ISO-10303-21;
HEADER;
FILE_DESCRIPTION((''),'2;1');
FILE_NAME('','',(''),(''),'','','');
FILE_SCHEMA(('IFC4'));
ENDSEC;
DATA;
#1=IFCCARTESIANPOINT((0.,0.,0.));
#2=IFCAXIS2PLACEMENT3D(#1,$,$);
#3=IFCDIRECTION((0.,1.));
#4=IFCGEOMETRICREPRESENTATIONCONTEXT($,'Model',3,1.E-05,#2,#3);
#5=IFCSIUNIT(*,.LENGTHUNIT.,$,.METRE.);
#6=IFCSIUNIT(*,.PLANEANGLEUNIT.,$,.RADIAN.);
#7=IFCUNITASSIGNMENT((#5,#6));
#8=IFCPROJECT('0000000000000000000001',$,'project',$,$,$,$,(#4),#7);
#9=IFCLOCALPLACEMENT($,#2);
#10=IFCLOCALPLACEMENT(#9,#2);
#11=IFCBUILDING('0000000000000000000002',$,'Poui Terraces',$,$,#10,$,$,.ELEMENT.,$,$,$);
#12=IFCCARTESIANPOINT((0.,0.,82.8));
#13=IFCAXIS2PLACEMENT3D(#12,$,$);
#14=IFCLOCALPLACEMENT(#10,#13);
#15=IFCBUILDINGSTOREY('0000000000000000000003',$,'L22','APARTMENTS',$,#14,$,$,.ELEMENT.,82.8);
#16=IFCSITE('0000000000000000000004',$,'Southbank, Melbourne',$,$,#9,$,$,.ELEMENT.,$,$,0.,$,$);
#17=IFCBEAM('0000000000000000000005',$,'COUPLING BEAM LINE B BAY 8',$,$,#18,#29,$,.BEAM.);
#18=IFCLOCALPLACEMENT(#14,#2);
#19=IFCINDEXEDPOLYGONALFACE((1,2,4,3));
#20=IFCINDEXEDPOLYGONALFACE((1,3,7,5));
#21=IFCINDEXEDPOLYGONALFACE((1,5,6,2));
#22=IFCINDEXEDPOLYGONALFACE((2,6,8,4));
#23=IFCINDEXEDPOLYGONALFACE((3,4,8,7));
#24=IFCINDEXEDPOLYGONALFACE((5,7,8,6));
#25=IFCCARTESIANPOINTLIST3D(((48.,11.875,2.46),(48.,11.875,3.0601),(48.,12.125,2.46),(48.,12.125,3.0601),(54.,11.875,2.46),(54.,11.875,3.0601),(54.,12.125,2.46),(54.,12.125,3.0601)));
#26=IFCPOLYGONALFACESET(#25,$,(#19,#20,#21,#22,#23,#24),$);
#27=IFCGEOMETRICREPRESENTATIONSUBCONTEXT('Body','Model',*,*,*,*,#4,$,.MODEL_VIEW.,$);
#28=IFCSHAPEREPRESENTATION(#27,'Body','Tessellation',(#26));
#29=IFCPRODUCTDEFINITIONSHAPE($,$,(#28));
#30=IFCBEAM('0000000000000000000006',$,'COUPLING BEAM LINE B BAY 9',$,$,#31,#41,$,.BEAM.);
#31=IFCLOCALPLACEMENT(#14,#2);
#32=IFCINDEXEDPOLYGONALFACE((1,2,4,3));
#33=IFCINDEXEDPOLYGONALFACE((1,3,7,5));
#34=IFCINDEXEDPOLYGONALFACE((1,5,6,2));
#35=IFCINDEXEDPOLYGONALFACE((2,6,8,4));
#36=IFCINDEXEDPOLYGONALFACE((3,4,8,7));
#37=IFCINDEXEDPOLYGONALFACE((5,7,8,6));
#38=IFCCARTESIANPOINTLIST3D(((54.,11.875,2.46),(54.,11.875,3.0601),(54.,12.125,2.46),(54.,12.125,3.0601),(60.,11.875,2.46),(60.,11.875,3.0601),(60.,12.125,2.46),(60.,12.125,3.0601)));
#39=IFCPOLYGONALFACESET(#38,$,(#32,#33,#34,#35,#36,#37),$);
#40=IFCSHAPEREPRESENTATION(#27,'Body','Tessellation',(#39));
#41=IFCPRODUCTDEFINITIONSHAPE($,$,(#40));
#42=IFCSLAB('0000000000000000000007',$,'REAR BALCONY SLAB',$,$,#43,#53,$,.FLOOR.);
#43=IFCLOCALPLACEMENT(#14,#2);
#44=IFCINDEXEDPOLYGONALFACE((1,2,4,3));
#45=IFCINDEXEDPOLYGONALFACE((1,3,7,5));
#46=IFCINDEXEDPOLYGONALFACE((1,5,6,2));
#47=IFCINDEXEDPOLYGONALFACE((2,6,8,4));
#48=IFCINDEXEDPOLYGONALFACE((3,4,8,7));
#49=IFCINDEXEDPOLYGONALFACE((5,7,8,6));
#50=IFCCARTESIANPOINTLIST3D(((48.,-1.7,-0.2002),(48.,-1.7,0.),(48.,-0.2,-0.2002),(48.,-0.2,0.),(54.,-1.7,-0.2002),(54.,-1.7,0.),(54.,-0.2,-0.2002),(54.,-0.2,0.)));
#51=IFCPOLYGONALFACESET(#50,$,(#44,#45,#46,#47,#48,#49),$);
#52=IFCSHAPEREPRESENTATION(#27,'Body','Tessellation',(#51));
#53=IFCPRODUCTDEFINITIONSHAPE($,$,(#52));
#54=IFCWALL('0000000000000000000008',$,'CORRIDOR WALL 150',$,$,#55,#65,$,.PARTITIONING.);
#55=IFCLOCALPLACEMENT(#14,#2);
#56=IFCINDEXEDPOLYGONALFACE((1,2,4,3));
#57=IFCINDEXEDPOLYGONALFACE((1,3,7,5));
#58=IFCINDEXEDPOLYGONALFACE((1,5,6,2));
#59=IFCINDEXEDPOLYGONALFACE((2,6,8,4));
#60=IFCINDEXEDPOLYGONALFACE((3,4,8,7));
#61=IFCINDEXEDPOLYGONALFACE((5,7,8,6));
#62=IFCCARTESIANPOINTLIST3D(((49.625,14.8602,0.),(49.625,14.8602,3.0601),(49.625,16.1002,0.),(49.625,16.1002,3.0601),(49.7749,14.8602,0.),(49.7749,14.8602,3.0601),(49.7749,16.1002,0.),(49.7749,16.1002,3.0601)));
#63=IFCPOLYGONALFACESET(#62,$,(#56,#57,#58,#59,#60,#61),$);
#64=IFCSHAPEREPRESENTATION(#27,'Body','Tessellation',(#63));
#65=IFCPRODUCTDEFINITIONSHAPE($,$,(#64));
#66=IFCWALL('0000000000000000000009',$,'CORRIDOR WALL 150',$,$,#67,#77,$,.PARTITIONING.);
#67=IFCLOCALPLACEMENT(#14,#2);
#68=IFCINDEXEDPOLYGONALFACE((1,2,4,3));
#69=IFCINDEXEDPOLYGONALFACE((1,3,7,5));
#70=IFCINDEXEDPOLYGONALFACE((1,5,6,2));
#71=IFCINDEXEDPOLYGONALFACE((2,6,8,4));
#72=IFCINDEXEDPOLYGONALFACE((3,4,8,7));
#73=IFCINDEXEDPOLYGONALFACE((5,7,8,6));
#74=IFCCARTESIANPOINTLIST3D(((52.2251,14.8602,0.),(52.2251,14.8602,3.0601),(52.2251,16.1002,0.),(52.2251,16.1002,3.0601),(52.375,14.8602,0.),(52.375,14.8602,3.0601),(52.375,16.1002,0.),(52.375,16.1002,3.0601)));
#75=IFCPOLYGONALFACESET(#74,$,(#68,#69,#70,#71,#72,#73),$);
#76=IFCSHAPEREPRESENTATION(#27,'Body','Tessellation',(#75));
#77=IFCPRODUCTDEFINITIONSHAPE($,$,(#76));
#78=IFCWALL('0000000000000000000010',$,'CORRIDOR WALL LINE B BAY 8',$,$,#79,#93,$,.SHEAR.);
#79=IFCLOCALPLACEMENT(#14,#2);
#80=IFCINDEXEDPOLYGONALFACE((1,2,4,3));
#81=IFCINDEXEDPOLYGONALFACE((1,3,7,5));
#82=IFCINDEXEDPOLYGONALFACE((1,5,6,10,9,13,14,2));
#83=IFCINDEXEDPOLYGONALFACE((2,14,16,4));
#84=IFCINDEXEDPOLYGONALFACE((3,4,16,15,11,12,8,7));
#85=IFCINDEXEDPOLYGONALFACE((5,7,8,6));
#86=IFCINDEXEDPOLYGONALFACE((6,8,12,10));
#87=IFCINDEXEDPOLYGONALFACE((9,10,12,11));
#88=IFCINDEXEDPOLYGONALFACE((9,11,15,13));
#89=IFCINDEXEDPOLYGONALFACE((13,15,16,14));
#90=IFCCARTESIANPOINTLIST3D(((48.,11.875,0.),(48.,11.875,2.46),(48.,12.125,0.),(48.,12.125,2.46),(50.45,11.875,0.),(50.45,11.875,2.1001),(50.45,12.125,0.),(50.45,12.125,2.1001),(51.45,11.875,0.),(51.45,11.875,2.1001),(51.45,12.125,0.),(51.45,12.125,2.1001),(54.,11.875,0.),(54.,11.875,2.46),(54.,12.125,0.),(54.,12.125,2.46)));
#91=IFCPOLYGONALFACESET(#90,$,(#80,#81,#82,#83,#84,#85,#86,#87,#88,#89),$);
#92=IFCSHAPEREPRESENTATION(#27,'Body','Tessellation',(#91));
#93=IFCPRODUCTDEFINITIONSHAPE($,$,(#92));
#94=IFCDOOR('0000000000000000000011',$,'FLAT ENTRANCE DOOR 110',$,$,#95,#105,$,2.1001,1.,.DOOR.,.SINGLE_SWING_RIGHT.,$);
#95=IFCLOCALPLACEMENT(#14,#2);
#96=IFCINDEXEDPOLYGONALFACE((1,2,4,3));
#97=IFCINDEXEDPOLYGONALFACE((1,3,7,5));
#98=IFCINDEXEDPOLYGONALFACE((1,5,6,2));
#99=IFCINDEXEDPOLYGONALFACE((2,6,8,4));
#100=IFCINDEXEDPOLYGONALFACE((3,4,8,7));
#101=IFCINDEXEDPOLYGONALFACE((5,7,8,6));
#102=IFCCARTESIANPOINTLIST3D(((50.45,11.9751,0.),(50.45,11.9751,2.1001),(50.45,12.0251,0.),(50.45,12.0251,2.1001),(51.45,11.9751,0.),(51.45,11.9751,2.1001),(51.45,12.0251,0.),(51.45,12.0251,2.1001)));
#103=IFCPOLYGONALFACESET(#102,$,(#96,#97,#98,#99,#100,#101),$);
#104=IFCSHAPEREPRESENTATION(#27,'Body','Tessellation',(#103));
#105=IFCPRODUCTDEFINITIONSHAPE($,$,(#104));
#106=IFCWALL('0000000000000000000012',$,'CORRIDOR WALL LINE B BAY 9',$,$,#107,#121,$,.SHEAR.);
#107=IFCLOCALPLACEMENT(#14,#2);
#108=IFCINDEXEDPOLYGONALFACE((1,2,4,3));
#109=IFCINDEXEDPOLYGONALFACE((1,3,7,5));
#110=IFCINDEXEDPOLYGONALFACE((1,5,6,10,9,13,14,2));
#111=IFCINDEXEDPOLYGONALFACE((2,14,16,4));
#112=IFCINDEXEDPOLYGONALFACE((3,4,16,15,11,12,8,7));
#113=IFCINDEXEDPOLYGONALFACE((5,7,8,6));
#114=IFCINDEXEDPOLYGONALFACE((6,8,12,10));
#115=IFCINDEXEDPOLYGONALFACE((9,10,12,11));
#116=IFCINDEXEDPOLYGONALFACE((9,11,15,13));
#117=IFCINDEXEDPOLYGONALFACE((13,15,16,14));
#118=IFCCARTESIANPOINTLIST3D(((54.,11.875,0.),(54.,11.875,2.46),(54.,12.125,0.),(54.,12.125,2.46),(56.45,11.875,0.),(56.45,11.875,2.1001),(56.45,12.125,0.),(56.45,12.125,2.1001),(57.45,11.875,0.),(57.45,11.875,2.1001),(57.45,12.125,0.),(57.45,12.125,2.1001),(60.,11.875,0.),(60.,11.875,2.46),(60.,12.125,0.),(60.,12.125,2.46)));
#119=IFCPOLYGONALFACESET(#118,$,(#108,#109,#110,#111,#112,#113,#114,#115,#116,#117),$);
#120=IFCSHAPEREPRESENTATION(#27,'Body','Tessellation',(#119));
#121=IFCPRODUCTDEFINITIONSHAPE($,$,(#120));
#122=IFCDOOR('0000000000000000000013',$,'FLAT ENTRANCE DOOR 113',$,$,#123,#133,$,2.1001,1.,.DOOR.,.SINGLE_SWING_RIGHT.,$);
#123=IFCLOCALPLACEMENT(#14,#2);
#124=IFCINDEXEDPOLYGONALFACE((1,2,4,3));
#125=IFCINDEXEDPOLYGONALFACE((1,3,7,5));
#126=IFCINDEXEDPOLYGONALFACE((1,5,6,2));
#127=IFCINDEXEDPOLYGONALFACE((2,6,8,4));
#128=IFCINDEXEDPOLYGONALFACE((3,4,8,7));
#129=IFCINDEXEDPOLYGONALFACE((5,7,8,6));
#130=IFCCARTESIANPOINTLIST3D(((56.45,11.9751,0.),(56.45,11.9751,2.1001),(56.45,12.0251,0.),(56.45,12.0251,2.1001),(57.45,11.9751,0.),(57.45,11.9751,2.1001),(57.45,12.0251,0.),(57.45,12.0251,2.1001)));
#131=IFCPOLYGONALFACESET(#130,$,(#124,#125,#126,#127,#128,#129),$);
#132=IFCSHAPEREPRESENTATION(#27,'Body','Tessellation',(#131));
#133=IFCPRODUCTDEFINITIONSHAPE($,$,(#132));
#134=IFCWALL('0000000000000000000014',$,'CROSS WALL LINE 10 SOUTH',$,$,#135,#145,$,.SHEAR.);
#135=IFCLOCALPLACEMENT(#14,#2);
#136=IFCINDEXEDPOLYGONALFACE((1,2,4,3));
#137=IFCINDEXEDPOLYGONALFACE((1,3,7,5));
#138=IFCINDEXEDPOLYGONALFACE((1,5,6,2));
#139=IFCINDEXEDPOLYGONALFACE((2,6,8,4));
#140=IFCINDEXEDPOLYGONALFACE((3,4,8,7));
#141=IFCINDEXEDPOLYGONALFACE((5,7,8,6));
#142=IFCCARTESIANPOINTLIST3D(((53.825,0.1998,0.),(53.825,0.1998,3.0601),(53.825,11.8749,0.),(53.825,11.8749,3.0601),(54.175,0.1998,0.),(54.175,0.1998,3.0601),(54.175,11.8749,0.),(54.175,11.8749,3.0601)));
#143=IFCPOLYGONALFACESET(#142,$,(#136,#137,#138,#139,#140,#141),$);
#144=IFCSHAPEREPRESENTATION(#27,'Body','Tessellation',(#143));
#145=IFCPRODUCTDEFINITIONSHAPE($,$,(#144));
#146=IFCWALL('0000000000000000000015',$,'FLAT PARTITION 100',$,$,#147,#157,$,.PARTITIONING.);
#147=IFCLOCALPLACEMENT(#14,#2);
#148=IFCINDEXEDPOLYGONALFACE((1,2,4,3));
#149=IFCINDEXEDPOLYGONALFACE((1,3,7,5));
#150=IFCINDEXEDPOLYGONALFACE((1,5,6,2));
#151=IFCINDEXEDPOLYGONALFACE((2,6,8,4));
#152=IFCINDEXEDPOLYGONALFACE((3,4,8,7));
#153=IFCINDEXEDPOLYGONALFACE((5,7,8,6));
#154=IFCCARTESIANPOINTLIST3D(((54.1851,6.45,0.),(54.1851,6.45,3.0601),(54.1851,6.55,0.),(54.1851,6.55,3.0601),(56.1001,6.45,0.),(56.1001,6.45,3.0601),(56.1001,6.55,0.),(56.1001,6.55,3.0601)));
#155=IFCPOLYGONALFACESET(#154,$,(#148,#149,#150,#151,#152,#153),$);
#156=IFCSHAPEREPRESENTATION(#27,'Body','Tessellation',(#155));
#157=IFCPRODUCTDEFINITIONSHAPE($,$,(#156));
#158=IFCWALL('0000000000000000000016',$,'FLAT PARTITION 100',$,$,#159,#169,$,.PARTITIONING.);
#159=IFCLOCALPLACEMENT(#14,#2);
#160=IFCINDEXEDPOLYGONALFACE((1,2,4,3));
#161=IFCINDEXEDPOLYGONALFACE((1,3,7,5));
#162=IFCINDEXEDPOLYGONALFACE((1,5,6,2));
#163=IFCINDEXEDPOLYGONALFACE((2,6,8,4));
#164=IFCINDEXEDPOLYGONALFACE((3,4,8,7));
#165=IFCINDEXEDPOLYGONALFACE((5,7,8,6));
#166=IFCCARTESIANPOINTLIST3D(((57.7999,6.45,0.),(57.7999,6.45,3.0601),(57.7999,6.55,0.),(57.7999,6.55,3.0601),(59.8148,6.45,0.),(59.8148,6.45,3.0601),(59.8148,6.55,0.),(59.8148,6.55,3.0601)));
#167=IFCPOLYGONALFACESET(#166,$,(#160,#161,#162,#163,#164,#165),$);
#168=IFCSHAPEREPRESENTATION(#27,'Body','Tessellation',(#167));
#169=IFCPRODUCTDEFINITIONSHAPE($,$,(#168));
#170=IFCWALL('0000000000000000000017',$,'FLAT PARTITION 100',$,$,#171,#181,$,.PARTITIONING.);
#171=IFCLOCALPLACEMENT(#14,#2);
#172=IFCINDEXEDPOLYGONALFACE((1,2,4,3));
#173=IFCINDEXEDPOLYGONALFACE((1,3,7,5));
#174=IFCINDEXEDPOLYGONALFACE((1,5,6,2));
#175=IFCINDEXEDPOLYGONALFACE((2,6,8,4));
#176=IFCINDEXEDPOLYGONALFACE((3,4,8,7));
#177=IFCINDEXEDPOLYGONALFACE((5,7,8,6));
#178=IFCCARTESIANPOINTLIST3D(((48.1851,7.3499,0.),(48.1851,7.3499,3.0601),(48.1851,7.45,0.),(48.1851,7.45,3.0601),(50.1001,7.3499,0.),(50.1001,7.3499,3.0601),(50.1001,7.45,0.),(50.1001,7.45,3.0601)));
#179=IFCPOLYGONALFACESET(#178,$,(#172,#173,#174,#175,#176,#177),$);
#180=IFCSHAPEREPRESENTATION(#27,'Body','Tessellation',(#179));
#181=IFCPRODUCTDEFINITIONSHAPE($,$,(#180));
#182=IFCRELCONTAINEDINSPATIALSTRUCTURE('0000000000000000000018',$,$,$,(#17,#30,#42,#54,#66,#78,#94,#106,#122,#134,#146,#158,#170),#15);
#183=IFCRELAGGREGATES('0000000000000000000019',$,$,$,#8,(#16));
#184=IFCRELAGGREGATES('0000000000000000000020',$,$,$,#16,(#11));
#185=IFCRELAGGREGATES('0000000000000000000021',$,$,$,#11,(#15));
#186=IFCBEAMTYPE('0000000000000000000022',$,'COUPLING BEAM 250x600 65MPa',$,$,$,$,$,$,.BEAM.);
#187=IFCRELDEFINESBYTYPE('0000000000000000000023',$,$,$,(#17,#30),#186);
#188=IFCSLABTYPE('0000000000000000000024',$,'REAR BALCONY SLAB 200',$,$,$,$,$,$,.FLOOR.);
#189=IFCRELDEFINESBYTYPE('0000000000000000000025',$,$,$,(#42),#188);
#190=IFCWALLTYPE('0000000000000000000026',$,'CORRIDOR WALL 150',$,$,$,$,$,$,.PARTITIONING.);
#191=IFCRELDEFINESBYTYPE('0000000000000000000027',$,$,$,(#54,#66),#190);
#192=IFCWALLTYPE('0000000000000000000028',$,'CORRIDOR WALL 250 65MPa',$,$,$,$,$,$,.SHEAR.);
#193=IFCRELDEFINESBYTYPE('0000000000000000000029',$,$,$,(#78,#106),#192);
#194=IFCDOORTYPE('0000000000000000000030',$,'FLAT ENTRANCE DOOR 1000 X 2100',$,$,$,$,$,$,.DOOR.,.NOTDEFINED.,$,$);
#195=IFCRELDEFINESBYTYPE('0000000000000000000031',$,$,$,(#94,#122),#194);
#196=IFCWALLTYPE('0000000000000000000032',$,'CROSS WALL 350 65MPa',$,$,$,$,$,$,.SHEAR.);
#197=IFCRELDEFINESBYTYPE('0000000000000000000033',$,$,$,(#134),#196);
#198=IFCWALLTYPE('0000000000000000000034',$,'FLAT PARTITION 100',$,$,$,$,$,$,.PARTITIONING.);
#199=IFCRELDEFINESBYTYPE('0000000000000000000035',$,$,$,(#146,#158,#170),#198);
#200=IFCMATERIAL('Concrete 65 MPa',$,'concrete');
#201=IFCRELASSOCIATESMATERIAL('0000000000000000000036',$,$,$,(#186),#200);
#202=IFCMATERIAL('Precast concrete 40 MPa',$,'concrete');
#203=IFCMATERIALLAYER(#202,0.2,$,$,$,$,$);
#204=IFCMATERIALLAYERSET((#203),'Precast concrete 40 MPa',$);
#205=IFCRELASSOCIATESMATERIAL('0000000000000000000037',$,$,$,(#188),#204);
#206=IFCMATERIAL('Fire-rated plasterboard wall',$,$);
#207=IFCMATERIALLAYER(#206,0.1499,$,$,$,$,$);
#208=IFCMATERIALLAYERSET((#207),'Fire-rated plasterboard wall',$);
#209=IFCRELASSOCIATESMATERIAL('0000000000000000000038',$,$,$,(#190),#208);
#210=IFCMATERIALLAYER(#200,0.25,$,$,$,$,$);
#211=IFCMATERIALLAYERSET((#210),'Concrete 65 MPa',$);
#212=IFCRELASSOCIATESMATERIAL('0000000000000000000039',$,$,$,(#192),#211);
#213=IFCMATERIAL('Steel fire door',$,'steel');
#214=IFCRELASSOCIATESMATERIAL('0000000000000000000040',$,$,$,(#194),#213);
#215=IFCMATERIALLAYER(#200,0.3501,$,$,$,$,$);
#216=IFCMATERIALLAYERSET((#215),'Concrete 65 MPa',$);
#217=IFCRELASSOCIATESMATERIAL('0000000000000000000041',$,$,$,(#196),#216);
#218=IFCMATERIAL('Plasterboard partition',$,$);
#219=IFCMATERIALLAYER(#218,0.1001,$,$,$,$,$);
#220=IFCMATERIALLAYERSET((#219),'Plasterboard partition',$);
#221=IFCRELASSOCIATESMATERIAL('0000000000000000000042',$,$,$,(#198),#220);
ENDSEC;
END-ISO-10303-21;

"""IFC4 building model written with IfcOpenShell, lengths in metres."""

from ifc_helpers import new_model, si_unit, direction, frame, frame_2d, origin, origin_2d, place, context, subcontext, project, spatial, polyline, rectangle, outline, extrude, source, transform, mapped, material, layer, layer_set, material_profile, profile_set, type_object, element, fill, save


model = new_model("IFC4")

# Units and contexts
model_context = context("Model", 3, precision=1e-05, world=origin(), true_north=direction((0.0, 1.0)))
body_context = subcontext(model_context, "Body", "Model", "MODEL_VIEW")
ifc_project = project(units=[si_unit("LENGTHUNIT", "METRE"), si_unit("PLANEANGLEUNIT", "RADIAN")], contexts=[model_context])

# Site, building, storey
site_placement = place(None, origin())
site = spatial("IfcSite", under=ifc_project, at=site_placement, Name="Southbank, Melbourne", CompositionType="ELEMENT", RefElevation=0.0)
building_placement = place(site_placement, origin())
building = spatial("IfcBuilding", under=site, at=building_placement, Name="Poui Terraces", CompositionType="ELEMENT")
storey_placement = place(building_placement, frame((0.0, 0.0, 82.8)))
storey = spatial("IfcBuildingStorey", under=building, at=storey_placement, Name="L22", Description="APARTMENTS", CompositionType="ELEMENT", Elevation=82.8)

# Beams
ifc_material_1 = material(Name="Concrete 65 MPa", Category="concrete")
ifc_material_profile_1 = material_profile(ifc_material_1, rectangle(XDim=0.25, YDim=0.6001, at=origin_2d()), Name="RC 250x600")
ifc_profile_set_1 = profile_set([ifc_material_profile_1], Name="Concrete 65 MPa")
beam_type = type_object("IfcBeamType", Name="COUPLING BEAM 250x600 65MPa", PredefinedType="BEAM", material=ifc_profile_set_1)
shared_shape_1 = source(origin(), body_context, "Body", "SweptSolid", [
    extrude(rectangle(XDim=0.25, YDim=0.6001, at=origin_2d()), origin(), (0.0, 0.0, 1.0), 6.0),
])
for number, where, z_axis, x_axis, name in (
    (1, (48.0, 12.0, 2.76), (1.0, 0.0, 0.0), (0.0, 1.0, 0.0), "COUPLING BEAM LINE B BAY 8"),
    (2, (54.0, 12.0, 2.76), (1.0, 0.0, 0.0), (0.0, 1.0, 0.0), "COUPLING BEAM LINE B BAY 9"),
):
    element("IfcBeam", number, at=place(storey_placement, frame(where, z_axis=z_axis, x_axis=x_axis)), inside=storey, type_object=beam_type, Name=name, PredefinedType="BEAM", context=body_context, shape_type="MappedRepresentation", body=[
        mapped(shared_shape_1, transform((0.0, 0.0, 0.0))),
    ])

# Slab
ifc_material_2 = material(Name="Precast concrete 40 MPa", Category="concrete")
ifc_layer_1 = layer(ifc_material_2, 0.2)
ifc_layer_set_1 = layer_set([ifc_layer_1], Name="Precast concrete 40 MPa")
slab_type = type_object("IfcSlabType", Name="REAR BALCONY SLAB 200", PredefinedType="FLOOR", material=ifc_layer_set_1)
shared_shape_2 = source(origin(), body_context, "Body", "SweptSolid", [
    extrude(outline(polyline([(0.0, 0.0), (6.0, 0.0), (6.0, 1.5), (0.0, 1.5), (0.0, 0.0)])), origin(), (0.0, 0.0, 1.0), 0.2002),
])
slab_placement = place(storey_placement, frame((48.0, -1.7, -0.2002)))
element("IfcSlab", 3, at=slab_placement, inside=storey, type_object=slab_type, Name="REAR BALCONY SLAB", PredefinedType="FLOOR", context=body_context, shape_type="MappedRepresentation", body=[
    mapped(shared_shape_2, transform((0.0, 0.0, 0.0))),
])

# Walls
ifc_material_3 = material(Name="Fire-rated plasterboard wall")
ifc_layer_2 = layer(ifc_material_3, 0.1499)
ifc_layer_set_2 = layer_set([ifc_layer_2], Name="Fire-rated plasterboard wall")
wall_type_1 = type_object("IfcWallType", Name="CORRIDOR WALL 150", PredefinedType="PARTITIONING", material=ifc_layer_set_2)
for number, where, z_axis, x_axis, name in (
    (4, (49.7, 14.8601, 0.0), (0.0, 0.0, 1.0), (0.0, 1.0, 0.0), "CORRIDOR WALL 150"),
    (5, (52.3, 14.8601, 0.0), (0.0, 0.0, 1.0), (0.0, 1.0, 0.0), "CORRIDOR WALL 150"),
):
    element("IfcWall", number, at=place(storey_placement, frame(where, z_axis=z_axis, x_axis=x_axis)), inside=storey, type_object=wall_type_1, Name=name, PredefinedType="PARTITIONING", context=body_context, shape_type="SweptSolid", body=[
        extrude(rectangle(XDim=1.24, YDim=0.1499, at=frame_2d((0.6201, 0.0))), origin(), (0.0, 0.0, 1.0), 3.0601),
    ])

# Walls, openings, doors
ifc_layer_3 = layer(ifc_material_1, 0.25)
ifc_layer_set_3 = layer_set([ifc_layer_3], Name="Concrete 65 MPa")
wall_type_2 = type_object("IfcWallType", Name="CORRIDOR WALL 250 65MPa", PredefinedType="SHEAR", material=ifc_layer_set_3)
wall_1_placement = place(storey_placement, frame((48.0, 12.0, 0.0), z_axis=(0.0, 0.0, 1.0), x_axis=(1.0, 0.0, 0.0)))
wall_1 = element("IfcWall", 6, at=wall_1_placement, inside=storey, type_object=wall_type_2, Name="CORRIDOR WALL LINE B BAY 8", PredefinedType="SHEAR", context=body_context, shape_type="SweptSolid", body=[
    extrude(rectangle(XDim=6.0, YDim=0.25, at=frame_2d((3.0, 0.0))), origin(), (0.0, 0.0, 1.0), 2.46),
])
opening_1_placement = place(wall_1_placement, frame((2.45, 0.0, 0.0)))
opening_1 = element("IfcOpeningElement", 7, at=opening_1_placement, cuts=wall_1, PredefinedType="OPENING", context=body_context, shape_type="SweptSolid", body=[
    extrude(rectangle(XDim=1.0, YDim=2.1001, at=frame_2d((0.5, 1.05))), frame((0.0, 0.135, 0.0), z_axis=(0.0, -1.0, 0.0), x_axis=(1.0, 0.0, 0.0)), (0.0, 0.0, 1.0), 0.27),
])
ifc_material_4 = material(Name="Steel fire door", Category="steel")
door_type_1 = type_object("IfcDoorType", Name="FLAT ENTRANCE DOOR 1000 X 2100", OperationType="NOTDEFINED", PredefinedType="DOOR", material=ifc_material_4)
door_1_placement = place(opening_1_placement, frame((1.0, 0.0, 0.0), z_axis=(0.0, 0.0, 1.0), x_axis=(-1.0, 0.0, 0.0)))
door_1 = element("IfcDoor", 8, at=door_1_placement, inside=storey, type_object=door_type_1, Name="FLAT ENTRANCE DOOR 110", OperationType="SINGLE_SWING_RIGHT", OverallHeight=2.1001, OverallWidth=1.0, PredefinedType="DOOR", context=body_context, shape_type="SweptSolid", body=[
    extrude(rectangle(XDim=1.0, YDim=2.1001, at=frame_2d((0.5, 1.05))), frame((0.0, 0.0249, 0.0), z_axis=(0.0, -1.0, 0.0), x_axis=(1.0, 0.0, 0.0)), (0.0, 0.0, 1.0), 0.05),
])
fill(opening_1, door_1)
wall_2_placement = place(storey_placement, frame((54.0, 12.0, 0.0), z_axis=(0.0, 0.0, 1.0), x_axis=(1.0, 0.0, 0.0)))
wall_2 = element("IfcWall", 9, at=wall_2_placement, inside=storey, type_object=wall_type_2, Name="CORRIDOR WALL LINE B BAY 9", PredefinedType="SHEAR", context=body_context, shape_type="SweptSolid", body=[
    extrude(rectangle(XDim=6.0, YDim=0.25, at=frame_2d((3.0, 0.0))), origin(), (0.0, 0.0, 1.0), 2.46),
])
opening_2_placement = place(wall_2_placement, frame((2.45, 0.0, 0.0)))
opening_2 = element("IfcOpeningElement", 10, at=opening_2_placement, cuts=wall_2, PredefinedType="OPENING", context=body_context, shape_type="SweptSolid", body=[
    extrude(rectangle(XDim=1.0, YDim=2.1001, at=frame_2d((0.5, 1.05))), frame((0.0, 0.135, 0.0), z_axis=(0.0, -1.0, 0.0), x_axis=(1.0, 0.0, 0.0)), (0.0, 0.0, 1.0), 0.27),
])
door_2_placement = place(opening_2_placement, frame((1.0, 0.0, 0.0), z_axis=(0.0, 0.0, 1.0), x_axis=(-1.0, 0.0, 0.0)))
door_2 = element("IfcDoor", 11, at=door_2_placement, inside=storey, type_object=door_type_1, Name="FLAT ENTRANCE DOOR 113", OperationType="SINGLE_SWING_RIGHT", OverallHeight=2.1001, OverallWidth=1.0, PredefinedType="DOOR", context=body_context, shape_type="SweptSolid", body=[
    extrude(rectangle(XDim=1.0, YDim=2.1001, at=frame_2d((0.5, 1.05))), frame((0.0, 0.0249, 0.0), z_axis=(0.0, -1.0, 0.0), x_axis=(1.0, 0.0, 0.0)), (0.0, 0.0, 1.0), 0.05),
])
fill(opening_2, door_2)

# Walls
ifc_layer_4 = layer(ifc_material_1, 0.3501)
ifc_layer_set_4 = layer_set([ifc_layer_4], Name="Concrete 65 MPa")
wall_type_3 = type_object("IfcWallType", Name="CROSS WALL 350 65MPa", PredefinedType="SHEAR", material=ifc_layer_set_4)
wall_3_placement = place(storey_placement, frame((54.0, 0.2, 0.0), z_axis=(0.0, 0.0, 1.0), x_axis=(0.0, 1.0, 0.0)))
element("IfcWall", 12, at=wall_3_placement, inside=storey, type_object=wall_type_3, Name="CROSS WALL LINE 10 SOUTH", PredefinedType="SHEAR", context=body_context, shape_type="SweptSolid", body=[
    extrude(rectangle(XDim=11.675, YDim=0.3501, at=frame_2d((5.8374, 0.0))), origin(), (0.0, 0.0, 1.0), 3.0601),
])
ifc_material_5 = material(Name="Plasterboard partition")
ifc_layer_5 = layer(ifc_material_5, 0.1001)
ifc_layer_set_5 = layer_set([ifc_layer_5], Name="Plasterboard partition")
wall_type_4 = type_object("IfcWallType", Name="FLAT PARTITION 100", PredefinedType="PARTITIONING", material=ifc_layer_set_5)
wall_4_placement = place(storey_placement, frame((54.1851, 6.5, 0.0), z_axis=(0.0, 0.0, 1.0), x_axis=(1.0, 0.0, 0.0)))
element("IfcWall", 13, at=wall_4_placement, inside=storey, type_object=wall_type_4, Name="FLAT PARTITION 100", PredefinedType="PARTITIONING", context=body_context, shape_type="SweptSolid", body=[
    extrude(rectangle(XDim=1.915, YDim=0.1001, at=frame_2d((0.9575, 0.0))), origin(), (0.0, 0.0, 1.0), 3.0601),
])
wall_5_placement = place(storey_placement, frame((57.8, 6.5, 0.0), z_axis=(0.0, 0.0, 1.0), x_axis=(1.0, 0.0, 0.0)))
element("IfcWall", 14, at=wall_5_placement, inside=storey, type_object=wall_type_4, Name="FLAT PARTITION 100", PredefinedType="PARTITIONING", context=body_context, shape_type="SweptSolid", body=[
    extrude(rectangle(XDim=2.0149, YDim=0.1001, at=frame_2d((1.0073, 0.0))), origin(), (0.0, 0.0, 1.0), 3.0601),
])
wall_6_placement = place(storey_placement, frame((48.1851, 7.3999, 0.0), z_axis=(0.0, 0.0, 1.0), x_axis=(1.0, 0.0, 0.0)))
element("IfcWall", 15, at=wall_6_placement, inside=storey, type_object=wall_type_4, Name="FLAT PARTITION 100", PredefinedType="PARTITIONING", context=body_context, shape_type="SweptSolid", body=[
    extrude(rectangle(XDim=1.915, YDim=0.1001, at=frame_2d((0.9575, 0.0))), origin(), (0.0, 0.0, 1.0), 3.0601),
])

save(model, "model.ifc")
